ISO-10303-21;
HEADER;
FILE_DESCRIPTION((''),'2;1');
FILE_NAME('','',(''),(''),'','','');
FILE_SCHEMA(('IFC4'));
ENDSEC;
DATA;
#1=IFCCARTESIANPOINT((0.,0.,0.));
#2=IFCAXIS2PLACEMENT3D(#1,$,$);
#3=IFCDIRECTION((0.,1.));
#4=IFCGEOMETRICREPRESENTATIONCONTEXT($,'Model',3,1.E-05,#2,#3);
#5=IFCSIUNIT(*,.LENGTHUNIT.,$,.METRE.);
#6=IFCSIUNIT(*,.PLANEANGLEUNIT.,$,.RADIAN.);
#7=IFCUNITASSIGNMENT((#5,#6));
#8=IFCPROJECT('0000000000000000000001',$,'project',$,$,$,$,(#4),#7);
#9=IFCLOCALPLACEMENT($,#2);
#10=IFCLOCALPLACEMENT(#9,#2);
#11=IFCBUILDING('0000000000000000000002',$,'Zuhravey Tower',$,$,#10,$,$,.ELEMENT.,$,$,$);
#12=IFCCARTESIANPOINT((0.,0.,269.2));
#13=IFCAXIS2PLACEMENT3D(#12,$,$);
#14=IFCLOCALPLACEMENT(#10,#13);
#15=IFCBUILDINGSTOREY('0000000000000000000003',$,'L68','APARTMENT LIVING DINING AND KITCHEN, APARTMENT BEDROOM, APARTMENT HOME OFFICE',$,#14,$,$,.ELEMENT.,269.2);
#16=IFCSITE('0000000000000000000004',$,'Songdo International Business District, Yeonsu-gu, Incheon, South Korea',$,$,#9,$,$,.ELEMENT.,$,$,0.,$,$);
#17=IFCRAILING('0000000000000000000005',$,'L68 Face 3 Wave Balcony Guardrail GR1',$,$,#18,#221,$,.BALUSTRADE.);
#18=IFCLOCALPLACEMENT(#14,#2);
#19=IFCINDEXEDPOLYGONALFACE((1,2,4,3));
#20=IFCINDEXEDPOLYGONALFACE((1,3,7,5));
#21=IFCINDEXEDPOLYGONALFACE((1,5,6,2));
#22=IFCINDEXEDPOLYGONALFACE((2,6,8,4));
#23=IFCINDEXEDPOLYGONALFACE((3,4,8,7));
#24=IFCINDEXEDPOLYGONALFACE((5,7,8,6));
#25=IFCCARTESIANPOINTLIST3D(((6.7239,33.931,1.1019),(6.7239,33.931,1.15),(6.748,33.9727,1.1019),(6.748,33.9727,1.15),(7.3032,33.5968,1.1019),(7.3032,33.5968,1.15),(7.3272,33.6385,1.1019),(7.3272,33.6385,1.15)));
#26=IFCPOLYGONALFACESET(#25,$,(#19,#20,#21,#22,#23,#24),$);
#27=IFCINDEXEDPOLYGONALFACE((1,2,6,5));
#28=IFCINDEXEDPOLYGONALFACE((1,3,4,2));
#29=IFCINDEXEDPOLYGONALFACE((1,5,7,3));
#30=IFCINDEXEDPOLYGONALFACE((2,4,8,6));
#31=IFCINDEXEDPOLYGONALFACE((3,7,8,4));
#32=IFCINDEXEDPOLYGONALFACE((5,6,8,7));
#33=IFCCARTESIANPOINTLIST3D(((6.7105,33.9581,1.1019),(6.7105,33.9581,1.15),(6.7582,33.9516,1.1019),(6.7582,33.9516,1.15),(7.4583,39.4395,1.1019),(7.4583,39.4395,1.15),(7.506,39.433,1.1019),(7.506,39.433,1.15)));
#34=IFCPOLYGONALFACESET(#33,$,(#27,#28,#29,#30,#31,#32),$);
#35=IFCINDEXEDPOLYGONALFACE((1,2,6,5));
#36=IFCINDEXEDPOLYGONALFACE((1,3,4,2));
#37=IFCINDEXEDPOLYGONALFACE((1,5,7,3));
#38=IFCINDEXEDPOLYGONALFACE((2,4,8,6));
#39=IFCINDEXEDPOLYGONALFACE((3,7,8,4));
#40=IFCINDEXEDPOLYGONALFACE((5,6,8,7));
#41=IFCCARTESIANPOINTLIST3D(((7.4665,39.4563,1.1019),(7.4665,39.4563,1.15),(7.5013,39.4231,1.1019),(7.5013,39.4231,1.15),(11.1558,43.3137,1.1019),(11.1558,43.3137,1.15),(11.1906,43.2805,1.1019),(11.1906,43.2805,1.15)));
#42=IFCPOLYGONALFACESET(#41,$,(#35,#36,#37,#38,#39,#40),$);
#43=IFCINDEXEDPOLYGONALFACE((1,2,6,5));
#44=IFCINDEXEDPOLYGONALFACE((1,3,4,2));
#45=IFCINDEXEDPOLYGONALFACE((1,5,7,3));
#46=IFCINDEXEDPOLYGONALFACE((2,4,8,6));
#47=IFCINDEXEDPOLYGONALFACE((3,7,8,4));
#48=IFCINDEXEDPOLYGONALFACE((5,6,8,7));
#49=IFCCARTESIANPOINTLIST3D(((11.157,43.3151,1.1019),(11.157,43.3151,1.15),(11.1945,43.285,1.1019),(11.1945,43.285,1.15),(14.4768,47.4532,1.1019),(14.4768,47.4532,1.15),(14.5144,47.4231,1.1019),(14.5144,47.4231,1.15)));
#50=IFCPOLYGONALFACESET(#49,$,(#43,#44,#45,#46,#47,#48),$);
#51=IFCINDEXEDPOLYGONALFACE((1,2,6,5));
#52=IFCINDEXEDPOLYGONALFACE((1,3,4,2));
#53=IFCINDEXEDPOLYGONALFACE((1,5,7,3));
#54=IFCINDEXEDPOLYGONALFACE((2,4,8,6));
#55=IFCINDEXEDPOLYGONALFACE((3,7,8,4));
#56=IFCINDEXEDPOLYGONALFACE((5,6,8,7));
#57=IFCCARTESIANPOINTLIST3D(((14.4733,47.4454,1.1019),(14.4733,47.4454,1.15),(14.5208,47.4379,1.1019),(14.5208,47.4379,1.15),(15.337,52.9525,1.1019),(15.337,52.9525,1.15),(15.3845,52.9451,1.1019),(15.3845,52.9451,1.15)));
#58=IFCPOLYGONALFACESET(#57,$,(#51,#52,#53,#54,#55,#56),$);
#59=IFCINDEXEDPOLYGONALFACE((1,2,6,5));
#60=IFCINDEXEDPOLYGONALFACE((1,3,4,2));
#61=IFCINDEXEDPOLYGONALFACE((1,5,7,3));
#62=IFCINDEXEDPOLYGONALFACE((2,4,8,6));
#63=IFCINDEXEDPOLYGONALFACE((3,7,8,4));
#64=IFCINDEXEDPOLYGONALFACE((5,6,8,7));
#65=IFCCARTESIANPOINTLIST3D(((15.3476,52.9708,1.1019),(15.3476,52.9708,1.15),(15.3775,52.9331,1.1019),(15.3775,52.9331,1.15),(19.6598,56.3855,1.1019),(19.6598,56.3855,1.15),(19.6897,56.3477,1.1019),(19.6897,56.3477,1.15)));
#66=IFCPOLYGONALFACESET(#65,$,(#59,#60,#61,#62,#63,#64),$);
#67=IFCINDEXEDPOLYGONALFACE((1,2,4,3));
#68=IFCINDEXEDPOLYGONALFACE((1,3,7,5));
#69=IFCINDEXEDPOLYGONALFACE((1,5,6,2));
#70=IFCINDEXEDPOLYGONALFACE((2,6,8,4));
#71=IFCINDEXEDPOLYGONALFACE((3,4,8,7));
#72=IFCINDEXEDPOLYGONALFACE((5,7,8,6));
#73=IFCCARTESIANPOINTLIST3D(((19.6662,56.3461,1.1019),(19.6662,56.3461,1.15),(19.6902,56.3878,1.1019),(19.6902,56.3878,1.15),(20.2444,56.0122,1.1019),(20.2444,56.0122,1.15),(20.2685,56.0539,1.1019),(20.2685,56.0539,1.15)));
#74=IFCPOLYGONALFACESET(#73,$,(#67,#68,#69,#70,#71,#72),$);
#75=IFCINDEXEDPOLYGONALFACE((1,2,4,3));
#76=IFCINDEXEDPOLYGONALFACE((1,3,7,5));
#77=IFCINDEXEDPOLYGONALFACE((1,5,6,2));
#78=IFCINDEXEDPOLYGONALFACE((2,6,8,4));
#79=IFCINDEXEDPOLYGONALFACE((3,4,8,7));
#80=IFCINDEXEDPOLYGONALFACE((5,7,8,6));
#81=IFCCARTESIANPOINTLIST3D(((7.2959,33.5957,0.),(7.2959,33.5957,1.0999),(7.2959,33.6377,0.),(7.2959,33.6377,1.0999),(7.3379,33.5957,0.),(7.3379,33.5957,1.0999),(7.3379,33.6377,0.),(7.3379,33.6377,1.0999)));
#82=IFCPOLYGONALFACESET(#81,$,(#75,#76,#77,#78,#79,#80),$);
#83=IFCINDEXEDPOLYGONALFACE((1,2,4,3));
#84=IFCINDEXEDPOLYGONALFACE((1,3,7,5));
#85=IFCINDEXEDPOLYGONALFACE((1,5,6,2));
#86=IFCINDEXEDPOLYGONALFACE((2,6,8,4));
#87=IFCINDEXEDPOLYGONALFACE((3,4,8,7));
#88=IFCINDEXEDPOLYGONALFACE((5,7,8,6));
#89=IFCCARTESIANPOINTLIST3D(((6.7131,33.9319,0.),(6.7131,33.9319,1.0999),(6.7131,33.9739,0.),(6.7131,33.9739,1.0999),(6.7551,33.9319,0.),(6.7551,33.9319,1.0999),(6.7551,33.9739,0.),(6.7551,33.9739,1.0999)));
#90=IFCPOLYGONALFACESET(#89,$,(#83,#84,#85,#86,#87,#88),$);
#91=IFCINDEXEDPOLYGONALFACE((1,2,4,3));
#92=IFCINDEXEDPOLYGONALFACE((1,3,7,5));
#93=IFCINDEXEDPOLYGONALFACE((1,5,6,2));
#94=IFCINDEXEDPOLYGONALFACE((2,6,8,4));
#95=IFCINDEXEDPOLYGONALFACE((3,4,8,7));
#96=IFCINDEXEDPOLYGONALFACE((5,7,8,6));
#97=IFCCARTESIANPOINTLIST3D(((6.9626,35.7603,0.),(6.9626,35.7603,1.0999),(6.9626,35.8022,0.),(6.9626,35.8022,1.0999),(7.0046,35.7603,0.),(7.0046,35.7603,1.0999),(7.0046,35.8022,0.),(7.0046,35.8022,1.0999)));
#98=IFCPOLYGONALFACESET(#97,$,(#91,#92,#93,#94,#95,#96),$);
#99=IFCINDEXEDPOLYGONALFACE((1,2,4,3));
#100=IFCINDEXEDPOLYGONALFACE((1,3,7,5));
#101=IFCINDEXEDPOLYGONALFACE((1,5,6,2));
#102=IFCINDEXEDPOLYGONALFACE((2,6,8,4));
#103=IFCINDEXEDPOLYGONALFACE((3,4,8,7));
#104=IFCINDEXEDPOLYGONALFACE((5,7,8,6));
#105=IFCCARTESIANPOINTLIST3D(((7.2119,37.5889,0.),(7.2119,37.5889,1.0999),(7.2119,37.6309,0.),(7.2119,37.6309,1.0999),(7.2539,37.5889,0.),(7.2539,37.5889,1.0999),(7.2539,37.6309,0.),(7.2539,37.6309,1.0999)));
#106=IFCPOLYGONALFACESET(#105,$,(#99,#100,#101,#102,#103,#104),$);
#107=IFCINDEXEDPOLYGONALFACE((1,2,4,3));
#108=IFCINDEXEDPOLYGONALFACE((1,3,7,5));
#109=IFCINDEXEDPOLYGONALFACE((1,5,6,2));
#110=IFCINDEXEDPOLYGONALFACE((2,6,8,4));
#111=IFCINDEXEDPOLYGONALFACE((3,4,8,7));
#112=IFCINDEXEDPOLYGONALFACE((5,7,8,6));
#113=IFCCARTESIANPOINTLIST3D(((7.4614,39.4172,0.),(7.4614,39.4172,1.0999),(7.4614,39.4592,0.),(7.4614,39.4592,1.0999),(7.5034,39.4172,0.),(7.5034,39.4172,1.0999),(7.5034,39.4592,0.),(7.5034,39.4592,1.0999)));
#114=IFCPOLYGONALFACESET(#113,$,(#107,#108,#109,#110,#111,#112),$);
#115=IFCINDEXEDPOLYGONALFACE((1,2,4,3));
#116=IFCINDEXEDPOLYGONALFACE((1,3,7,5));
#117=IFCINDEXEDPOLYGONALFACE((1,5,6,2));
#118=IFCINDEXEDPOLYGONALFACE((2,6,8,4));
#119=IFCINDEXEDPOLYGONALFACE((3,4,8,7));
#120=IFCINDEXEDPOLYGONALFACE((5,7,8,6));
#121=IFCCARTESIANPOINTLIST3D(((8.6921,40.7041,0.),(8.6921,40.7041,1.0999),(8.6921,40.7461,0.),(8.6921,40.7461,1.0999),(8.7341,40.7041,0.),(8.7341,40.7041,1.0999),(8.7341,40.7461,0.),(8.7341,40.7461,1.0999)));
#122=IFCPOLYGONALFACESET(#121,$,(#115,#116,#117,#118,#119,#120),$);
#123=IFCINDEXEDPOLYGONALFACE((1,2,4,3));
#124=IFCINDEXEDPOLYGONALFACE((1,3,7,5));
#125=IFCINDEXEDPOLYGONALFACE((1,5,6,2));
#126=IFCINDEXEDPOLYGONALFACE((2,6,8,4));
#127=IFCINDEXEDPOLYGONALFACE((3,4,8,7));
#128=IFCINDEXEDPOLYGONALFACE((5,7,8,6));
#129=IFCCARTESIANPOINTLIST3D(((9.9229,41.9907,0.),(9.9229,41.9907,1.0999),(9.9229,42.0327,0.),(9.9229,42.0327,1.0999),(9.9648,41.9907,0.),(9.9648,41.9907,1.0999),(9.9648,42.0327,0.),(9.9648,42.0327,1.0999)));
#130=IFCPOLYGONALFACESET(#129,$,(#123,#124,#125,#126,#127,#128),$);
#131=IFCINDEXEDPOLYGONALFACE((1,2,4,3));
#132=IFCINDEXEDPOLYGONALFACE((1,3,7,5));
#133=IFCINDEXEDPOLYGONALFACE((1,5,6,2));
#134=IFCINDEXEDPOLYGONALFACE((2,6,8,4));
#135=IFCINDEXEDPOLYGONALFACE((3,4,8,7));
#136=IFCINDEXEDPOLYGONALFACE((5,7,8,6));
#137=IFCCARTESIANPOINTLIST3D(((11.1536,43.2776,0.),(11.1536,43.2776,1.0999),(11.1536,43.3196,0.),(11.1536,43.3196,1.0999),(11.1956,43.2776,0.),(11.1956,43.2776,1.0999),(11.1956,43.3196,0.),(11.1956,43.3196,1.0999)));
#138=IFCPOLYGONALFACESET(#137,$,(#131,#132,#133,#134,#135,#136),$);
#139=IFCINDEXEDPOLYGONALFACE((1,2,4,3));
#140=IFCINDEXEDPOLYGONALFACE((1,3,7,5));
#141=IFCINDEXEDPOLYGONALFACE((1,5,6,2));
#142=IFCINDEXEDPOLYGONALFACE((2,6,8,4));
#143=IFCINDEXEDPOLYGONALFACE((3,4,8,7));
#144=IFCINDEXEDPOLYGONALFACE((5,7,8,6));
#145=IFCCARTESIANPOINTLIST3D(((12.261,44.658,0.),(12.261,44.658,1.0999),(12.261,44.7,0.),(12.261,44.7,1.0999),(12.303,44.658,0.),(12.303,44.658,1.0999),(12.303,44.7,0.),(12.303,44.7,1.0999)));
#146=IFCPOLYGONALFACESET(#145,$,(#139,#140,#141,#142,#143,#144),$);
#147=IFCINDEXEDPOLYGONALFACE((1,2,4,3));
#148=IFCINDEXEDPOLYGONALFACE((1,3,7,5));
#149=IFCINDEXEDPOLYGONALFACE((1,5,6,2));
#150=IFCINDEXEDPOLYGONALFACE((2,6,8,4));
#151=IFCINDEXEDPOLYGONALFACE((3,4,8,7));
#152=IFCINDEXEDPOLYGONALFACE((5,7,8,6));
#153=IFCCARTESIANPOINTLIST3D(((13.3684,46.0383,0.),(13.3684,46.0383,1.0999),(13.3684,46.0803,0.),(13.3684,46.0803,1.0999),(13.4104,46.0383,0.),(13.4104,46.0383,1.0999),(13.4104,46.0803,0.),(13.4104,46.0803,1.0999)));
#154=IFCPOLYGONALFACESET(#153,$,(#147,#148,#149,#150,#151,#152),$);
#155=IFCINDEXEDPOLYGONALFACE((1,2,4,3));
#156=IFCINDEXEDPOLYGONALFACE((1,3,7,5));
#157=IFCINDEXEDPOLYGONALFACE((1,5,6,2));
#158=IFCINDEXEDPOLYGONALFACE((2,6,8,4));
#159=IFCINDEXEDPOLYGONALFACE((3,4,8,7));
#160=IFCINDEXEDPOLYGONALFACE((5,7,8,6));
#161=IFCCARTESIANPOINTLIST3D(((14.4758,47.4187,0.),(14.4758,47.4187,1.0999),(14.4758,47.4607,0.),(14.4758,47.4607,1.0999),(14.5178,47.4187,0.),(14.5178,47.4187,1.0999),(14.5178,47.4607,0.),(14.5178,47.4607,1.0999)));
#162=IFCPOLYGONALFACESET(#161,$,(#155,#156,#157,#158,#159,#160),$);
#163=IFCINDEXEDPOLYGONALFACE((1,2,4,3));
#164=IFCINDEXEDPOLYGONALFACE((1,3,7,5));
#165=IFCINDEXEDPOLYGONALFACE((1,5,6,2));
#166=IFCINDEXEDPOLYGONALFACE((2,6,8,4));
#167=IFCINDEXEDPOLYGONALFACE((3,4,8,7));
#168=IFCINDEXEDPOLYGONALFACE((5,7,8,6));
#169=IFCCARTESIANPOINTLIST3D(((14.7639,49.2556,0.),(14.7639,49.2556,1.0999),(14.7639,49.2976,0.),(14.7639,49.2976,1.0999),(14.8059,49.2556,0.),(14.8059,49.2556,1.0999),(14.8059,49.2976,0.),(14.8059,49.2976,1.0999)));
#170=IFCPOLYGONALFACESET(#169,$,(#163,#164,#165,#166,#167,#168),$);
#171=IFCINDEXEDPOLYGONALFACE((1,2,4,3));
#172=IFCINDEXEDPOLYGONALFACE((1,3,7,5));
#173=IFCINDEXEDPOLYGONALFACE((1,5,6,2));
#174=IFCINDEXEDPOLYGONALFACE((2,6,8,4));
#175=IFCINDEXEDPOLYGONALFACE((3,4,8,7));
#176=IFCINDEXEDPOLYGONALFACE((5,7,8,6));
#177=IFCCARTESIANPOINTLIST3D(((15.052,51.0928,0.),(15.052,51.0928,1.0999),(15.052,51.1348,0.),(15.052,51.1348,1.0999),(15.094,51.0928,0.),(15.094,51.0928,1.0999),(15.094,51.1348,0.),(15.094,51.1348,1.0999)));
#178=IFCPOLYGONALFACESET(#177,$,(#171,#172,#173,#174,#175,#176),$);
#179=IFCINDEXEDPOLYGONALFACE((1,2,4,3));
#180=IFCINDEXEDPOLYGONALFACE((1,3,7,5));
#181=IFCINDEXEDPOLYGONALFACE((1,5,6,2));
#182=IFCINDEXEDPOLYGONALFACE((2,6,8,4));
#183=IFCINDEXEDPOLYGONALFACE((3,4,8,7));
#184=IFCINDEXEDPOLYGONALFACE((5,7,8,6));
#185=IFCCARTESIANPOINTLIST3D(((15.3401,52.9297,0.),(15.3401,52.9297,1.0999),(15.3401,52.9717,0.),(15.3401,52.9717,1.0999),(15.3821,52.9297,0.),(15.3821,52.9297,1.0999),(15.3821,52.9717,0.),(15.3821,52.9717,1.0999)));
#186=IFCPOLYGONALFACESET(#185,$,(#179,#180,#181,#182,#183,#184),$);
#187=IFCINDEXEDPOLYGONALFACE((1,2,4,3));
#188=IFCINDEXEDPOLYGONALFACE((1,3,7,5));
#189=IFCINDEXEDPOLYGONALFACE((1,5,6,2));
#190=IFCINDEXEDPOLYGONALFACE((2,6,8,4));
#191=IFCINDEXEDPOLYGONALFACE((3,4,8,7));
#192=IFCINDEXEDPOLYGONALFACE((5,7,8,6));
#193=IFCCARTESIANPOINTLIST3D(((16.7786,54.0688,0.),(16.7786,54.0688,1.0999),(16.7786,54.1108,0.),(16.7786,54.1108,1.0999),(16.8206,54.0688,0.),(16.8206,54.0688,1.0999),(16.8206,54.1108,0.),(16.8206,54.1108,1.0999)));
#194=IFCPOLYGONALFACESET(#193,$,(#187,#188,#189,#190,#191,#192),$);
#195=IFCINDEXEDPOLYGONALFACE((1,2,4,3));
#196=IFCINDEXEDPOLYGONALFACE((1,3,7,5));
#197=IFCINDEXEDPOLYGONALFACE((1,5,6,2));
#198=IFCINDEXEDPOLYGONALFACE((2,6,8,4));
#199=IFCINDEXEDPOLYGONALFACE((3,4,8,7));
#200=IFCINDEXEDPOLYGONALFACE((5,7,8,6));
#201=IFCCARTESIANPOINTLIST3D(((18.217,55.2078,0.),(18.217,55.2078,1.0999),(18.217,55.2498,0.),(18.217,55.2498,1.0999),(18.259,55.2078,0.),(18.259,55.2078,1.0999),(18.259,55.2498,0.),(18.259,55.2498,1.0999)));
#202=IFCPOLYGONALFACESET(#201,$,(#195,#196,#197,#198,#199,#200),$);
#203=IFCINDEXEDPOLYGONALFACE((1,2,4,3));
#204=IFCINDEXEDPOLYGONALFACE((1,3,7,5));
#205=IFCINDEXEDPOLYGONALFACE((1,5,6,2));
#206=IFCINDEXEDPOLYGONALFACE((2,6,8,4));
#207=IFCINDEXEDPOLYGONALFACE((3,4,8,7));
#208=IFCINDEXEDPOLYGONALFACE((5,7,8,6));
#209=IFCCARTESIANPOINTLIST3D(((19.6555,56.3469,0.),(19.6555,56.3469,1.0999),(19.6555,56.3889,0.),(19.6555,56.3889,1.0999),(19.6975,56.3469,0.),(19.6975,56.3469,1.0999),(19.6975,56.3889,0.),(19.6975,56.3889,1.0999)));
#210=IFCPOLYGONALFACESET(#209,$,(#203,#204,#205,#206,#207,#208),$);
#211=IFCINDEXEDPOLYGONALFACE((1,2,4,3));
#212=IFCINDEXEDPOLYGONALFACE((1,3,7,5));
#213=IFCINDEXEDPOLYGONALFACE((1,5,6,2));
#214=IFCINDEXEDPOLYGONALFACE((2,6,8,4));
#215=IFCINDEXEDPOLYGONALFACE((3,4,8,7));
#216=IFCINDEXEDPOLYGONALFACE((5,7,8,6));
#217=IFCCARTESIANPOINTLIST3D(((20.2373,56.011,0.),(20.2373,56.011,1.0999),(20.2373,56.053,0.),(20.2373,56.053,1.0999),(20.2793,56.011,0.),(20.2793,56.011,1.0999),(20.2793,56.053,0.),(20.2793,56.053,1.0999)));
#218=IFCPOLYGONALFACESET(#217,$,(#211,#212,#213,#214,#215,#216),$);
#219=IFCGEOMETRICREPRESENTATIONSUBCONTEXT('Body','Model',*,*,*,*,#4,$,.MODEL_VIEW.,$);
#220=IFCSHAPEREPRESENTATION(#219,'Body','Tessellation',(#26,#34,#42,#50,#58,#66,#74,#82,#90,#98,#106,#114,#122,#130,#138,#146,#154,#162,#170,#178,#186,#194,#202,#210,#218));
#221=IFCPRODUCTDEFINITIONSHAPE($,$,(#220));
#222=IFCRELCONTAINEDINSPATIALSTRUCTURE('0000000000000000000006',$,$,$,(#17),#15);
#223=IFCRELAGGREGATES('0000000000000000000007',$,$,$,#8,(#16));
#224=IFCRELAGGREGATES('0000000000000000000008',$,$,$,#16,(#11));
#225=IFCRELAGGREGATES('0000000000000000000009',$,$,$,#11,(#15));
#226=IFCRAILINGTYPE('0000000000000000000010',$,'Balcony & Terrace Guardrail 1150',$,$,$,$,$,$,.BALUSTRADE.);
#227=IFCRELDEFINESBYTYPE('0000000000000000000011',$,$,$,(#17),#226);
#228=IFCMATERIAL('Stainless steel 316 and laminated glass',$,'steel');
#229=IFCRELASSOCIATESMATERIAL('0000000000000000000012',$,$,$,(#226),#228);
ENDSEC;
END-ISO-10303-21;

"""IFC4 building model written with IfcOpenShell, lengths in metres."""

from ifc_helpers import new_model, si_unit, direction, frame, origin, origin_2d, place, context, subcontext, project, spatial, rectangle, extrude, material, type_object, element, save


model = new_model("IFC4")

# Units and contexts
model_context = context("Model", 3, precision=1e-05, world=origin(), true_north=direction((0.0, 1.0)))
body_context = subcontext(model_context, "Body", "Model", "MODEL_VIEW")
ifc_project = project(units=[si_unit("LENGTHUNIT", "METRE"), si_unit("PLANEANGLEUNIT", "RADIAN")], contexts=[model_context])

# Site, building, storey
site_placement = place(None, origin())
site = spatial("IfcSite", under=ifc_project, at=site_placement, Name="Songdo International Business District, Yeonsu-gu, Incheon, South Korea", CompositionType="ELEMENT", RefElevation=0.0)
building_placement = place(site_placement, origin())
building = spatial("IfcBuilding", under=site, at=building_placement, Name="Zuhravey Tower", CompositionType="ELEMENT")
storey_placement = place(building_placement, frame((0.0, 0.0, 269.2)))
storey = spatial("IfcBuildingStorey", under=building, at=storey_placement, Name="L68", Description="APARTMENT LIVING DINING AND KITCHEN, APARTMENT BEDROOM, APARTMENT HOME OFFICE", CompositionType="ELEMENT", Elevation=269.2)

# Railing
ifc_material_1 = material(Name="Stainless steel 316 and laminated glass", Category="steel")
railing_type = type_object("IfcRailingType", Name="Balcony & Terrace Guardrail 1150", PredefinedType="BALUSTRADE", material=ifc_material_1)
railing_placement = place(storey_placement, frame((7.3169, 33.6167, 0.0)))
element("IfcRailing", 1, at=railing_placement, inside=storey, type_object=railing_type, Name="L68 Face 3 Wave Balcony Guardrail GR1", PredefinedType="BALUSTRADE", context=body_context, shape_type="SweptSolid", body=[
    extrude(rectangle(XDim=0.0481, YDim=0.0481, at=origin_2d()), frame((-0.0017, 0.001, 1.126), z_axis=(-0.866204, 0.499691, 0.0), x_axis=(-0.499691, -0.866204, 0.0)), (0.0, 0.0, 1.0), 0.6687),
    extrude(rectangle(XDim=0.0481, YDim=0.0481, at=origin_2d()), frame((-0.5825, 0.3381, 1.126), z_axis=(0.135164, 0.990823, 0.0), x_axis=(-0.990823, 0.135164, 0.0)), (0.0, 0.0, 1.0), 5.5322),
    extrude(rectangle(XDim=0.0481, YDim=0.0481, at=origin_2d()), frame((0.167, 5.823, 1.126), z_axis=(0.691186, 0.722677, 0.0), x_axis=(-0.722677, 0.691186, 0.0)), (0.0, 0.0, 1.0), 5.3376),
    extrude(rectangle(XDim=0.0481, YDim=0.0481, at=origin_2d()), frame((3.8589, 9.6833, 1.126), z_axis=(0.625771, 0.780007, 0.0), x_axis=(-0.780007, 0.625771, 0.0)), (0.0, 0.0, 1.0), 5.3052),
    extrude(rectangle(XDim=0.0481, YDim=0.0481, at=origin_2d()), frame((7.1802, 13.825, 1.126), z_axis=(0.154931, 0.987925, 0.0), x_axis=(-0.987925, 0.154931, 0.0)), (0.0, 0.0, 1.0), 5.5745),
    extrude(rectangle(XDim=0.0481, YDim=0.0481, at=origin_2d()), frame((8.0457, 19.3352, 1.126), z_axis=(0.78397, 0.620798, 0.0), x_axis=(-0.620798, 0.78397, 0.0)), (0.0, 0.0, 1.0), 5.5005),
    extrude(rectangle(XDim=0.0481, YDim=0.0481, at=origin_2d()), frame((12.3613, 22.7502, 1.126), z_axis=(0.865998, -0.500048, 0.0), x_axis=(0.500048, 0.865998, 0.0)), (0.0, 0.0, 1.0), 0.6677),
    extrude(rectangle(XDim=0.042, YDim=0.042, at=origin_2d()), origin(), (0.0, 0.0, 1.0), 1.0999),
    extrude(rectangle(XDim=0.042, YDim=0.042, at=origin_2d()), frame((-0.5828, 0.3362, 0.0)), (0.0, 0.0, 1.0), 1.0999),
    extrude(rectangle(XDim=0.042, YDim=0.042, at=origin_2d()), frame((-0.3333, 2.1646, 0.0)), (0.0, 0.0, 1.0), 1.0999),
    extrude(rectangle(XDim=0.042, YDim=0.042, at=origin_2d()), frame((-0.084, 3.9932, 0.0)), (0.0, 0.0, 1.0), 1.0999),
    extrude(rectangle(XDim=0.042, YDim=0.042, at=origin_2d()), frame((0.1655, 5.8215, 0.0)), (0.0, 0.0, 1.0), 1.0999),
    extrude(rectangle(XDim=0.042, YDim=0.042, at=origin_2d()), frame((1.3962, 7.1084, 0.0)), (0.0, 0.0, 1.0), 1.0999),
    extrude(rectangle(XDim=0.042, YDim=0.042, at=origin_2d()), frame((2.627, 8.395, 0.0)), (0.0, 0.0, 1.0), 1.0999),
    extrude(rectangle(XDim=0.042, YDim=0.042, at=origin_2d()), frame((3.8577, 9.6819, 0.0)), (0.0, 0.0, 1.0), 1.0999),
    extrude(rectangle(XDim=0.042, YDim=0.042, at=origin_2d()), frame((4.9651, 11.0623, 0.0)), (0.0, 0.0, 1.0), 1.0999),
    extrude(rectangle(XDim=0.042, YDim=0.042, at=origin_2d()), frame((6.0725, 12.4426, 0.0)), (0.0, 0.0, 1.0), 1.0999),
    extrude(rectangle(XDim=0.042, YDim=0.042, at=origin_2d()), frame((7.1799, 13.823, 0.0)), (0.0, 0.0, 1.0), 1.0999),
    extrude(rectangle(XDim=0.042, YDim=0.042, at=origin_2d()), frame((7.468, 15.6599, 0.0)), (0.0, 0.0, 1.0), 1.0999),
    extrude(rectangle(XDim=0.042, YDim=0.042, at=origin_2d()), frame((7.7561, 17.4971, 0.0)), (0.0, 0.0, 1.0), 1.0999),
    extrude(rectangle(XDim=0.042, YDim=0.042, at=origin_2d()), frame((8.0442, 19.334, 0.0)), (0.0, 0.0, 1.0), 1.0999),
    extrude(rectangle(XDim=0.042, YDim=0.042, at=origin_2d()), frame((9.4827, 20.4731, 0.0)), (0.0, 0.0, 1.0), 1.0999),
    extrude(rectangle(XDim=0.042, YDim=0.042, at=origin_2d()), frame((10.9211, 21.6121, 0.0)), (0.0, 0.0, 1.0), 1.0999),
    extrude(rectangle(XDim=0.042, YDim=0.042, at=origin_2d()), frame((12.3596, 22.7512, 0.0)), (0.0, 0.0, 1.0), 1.0999),
    extrude(rectangle(XDim=0.042, YDim=0.042, at=origin_2d()), frame((12.9414, 22.4153, 0.0)), (0.0, 0.0, 1.0), 1.0999),
])

save(model, "model.ifc")
